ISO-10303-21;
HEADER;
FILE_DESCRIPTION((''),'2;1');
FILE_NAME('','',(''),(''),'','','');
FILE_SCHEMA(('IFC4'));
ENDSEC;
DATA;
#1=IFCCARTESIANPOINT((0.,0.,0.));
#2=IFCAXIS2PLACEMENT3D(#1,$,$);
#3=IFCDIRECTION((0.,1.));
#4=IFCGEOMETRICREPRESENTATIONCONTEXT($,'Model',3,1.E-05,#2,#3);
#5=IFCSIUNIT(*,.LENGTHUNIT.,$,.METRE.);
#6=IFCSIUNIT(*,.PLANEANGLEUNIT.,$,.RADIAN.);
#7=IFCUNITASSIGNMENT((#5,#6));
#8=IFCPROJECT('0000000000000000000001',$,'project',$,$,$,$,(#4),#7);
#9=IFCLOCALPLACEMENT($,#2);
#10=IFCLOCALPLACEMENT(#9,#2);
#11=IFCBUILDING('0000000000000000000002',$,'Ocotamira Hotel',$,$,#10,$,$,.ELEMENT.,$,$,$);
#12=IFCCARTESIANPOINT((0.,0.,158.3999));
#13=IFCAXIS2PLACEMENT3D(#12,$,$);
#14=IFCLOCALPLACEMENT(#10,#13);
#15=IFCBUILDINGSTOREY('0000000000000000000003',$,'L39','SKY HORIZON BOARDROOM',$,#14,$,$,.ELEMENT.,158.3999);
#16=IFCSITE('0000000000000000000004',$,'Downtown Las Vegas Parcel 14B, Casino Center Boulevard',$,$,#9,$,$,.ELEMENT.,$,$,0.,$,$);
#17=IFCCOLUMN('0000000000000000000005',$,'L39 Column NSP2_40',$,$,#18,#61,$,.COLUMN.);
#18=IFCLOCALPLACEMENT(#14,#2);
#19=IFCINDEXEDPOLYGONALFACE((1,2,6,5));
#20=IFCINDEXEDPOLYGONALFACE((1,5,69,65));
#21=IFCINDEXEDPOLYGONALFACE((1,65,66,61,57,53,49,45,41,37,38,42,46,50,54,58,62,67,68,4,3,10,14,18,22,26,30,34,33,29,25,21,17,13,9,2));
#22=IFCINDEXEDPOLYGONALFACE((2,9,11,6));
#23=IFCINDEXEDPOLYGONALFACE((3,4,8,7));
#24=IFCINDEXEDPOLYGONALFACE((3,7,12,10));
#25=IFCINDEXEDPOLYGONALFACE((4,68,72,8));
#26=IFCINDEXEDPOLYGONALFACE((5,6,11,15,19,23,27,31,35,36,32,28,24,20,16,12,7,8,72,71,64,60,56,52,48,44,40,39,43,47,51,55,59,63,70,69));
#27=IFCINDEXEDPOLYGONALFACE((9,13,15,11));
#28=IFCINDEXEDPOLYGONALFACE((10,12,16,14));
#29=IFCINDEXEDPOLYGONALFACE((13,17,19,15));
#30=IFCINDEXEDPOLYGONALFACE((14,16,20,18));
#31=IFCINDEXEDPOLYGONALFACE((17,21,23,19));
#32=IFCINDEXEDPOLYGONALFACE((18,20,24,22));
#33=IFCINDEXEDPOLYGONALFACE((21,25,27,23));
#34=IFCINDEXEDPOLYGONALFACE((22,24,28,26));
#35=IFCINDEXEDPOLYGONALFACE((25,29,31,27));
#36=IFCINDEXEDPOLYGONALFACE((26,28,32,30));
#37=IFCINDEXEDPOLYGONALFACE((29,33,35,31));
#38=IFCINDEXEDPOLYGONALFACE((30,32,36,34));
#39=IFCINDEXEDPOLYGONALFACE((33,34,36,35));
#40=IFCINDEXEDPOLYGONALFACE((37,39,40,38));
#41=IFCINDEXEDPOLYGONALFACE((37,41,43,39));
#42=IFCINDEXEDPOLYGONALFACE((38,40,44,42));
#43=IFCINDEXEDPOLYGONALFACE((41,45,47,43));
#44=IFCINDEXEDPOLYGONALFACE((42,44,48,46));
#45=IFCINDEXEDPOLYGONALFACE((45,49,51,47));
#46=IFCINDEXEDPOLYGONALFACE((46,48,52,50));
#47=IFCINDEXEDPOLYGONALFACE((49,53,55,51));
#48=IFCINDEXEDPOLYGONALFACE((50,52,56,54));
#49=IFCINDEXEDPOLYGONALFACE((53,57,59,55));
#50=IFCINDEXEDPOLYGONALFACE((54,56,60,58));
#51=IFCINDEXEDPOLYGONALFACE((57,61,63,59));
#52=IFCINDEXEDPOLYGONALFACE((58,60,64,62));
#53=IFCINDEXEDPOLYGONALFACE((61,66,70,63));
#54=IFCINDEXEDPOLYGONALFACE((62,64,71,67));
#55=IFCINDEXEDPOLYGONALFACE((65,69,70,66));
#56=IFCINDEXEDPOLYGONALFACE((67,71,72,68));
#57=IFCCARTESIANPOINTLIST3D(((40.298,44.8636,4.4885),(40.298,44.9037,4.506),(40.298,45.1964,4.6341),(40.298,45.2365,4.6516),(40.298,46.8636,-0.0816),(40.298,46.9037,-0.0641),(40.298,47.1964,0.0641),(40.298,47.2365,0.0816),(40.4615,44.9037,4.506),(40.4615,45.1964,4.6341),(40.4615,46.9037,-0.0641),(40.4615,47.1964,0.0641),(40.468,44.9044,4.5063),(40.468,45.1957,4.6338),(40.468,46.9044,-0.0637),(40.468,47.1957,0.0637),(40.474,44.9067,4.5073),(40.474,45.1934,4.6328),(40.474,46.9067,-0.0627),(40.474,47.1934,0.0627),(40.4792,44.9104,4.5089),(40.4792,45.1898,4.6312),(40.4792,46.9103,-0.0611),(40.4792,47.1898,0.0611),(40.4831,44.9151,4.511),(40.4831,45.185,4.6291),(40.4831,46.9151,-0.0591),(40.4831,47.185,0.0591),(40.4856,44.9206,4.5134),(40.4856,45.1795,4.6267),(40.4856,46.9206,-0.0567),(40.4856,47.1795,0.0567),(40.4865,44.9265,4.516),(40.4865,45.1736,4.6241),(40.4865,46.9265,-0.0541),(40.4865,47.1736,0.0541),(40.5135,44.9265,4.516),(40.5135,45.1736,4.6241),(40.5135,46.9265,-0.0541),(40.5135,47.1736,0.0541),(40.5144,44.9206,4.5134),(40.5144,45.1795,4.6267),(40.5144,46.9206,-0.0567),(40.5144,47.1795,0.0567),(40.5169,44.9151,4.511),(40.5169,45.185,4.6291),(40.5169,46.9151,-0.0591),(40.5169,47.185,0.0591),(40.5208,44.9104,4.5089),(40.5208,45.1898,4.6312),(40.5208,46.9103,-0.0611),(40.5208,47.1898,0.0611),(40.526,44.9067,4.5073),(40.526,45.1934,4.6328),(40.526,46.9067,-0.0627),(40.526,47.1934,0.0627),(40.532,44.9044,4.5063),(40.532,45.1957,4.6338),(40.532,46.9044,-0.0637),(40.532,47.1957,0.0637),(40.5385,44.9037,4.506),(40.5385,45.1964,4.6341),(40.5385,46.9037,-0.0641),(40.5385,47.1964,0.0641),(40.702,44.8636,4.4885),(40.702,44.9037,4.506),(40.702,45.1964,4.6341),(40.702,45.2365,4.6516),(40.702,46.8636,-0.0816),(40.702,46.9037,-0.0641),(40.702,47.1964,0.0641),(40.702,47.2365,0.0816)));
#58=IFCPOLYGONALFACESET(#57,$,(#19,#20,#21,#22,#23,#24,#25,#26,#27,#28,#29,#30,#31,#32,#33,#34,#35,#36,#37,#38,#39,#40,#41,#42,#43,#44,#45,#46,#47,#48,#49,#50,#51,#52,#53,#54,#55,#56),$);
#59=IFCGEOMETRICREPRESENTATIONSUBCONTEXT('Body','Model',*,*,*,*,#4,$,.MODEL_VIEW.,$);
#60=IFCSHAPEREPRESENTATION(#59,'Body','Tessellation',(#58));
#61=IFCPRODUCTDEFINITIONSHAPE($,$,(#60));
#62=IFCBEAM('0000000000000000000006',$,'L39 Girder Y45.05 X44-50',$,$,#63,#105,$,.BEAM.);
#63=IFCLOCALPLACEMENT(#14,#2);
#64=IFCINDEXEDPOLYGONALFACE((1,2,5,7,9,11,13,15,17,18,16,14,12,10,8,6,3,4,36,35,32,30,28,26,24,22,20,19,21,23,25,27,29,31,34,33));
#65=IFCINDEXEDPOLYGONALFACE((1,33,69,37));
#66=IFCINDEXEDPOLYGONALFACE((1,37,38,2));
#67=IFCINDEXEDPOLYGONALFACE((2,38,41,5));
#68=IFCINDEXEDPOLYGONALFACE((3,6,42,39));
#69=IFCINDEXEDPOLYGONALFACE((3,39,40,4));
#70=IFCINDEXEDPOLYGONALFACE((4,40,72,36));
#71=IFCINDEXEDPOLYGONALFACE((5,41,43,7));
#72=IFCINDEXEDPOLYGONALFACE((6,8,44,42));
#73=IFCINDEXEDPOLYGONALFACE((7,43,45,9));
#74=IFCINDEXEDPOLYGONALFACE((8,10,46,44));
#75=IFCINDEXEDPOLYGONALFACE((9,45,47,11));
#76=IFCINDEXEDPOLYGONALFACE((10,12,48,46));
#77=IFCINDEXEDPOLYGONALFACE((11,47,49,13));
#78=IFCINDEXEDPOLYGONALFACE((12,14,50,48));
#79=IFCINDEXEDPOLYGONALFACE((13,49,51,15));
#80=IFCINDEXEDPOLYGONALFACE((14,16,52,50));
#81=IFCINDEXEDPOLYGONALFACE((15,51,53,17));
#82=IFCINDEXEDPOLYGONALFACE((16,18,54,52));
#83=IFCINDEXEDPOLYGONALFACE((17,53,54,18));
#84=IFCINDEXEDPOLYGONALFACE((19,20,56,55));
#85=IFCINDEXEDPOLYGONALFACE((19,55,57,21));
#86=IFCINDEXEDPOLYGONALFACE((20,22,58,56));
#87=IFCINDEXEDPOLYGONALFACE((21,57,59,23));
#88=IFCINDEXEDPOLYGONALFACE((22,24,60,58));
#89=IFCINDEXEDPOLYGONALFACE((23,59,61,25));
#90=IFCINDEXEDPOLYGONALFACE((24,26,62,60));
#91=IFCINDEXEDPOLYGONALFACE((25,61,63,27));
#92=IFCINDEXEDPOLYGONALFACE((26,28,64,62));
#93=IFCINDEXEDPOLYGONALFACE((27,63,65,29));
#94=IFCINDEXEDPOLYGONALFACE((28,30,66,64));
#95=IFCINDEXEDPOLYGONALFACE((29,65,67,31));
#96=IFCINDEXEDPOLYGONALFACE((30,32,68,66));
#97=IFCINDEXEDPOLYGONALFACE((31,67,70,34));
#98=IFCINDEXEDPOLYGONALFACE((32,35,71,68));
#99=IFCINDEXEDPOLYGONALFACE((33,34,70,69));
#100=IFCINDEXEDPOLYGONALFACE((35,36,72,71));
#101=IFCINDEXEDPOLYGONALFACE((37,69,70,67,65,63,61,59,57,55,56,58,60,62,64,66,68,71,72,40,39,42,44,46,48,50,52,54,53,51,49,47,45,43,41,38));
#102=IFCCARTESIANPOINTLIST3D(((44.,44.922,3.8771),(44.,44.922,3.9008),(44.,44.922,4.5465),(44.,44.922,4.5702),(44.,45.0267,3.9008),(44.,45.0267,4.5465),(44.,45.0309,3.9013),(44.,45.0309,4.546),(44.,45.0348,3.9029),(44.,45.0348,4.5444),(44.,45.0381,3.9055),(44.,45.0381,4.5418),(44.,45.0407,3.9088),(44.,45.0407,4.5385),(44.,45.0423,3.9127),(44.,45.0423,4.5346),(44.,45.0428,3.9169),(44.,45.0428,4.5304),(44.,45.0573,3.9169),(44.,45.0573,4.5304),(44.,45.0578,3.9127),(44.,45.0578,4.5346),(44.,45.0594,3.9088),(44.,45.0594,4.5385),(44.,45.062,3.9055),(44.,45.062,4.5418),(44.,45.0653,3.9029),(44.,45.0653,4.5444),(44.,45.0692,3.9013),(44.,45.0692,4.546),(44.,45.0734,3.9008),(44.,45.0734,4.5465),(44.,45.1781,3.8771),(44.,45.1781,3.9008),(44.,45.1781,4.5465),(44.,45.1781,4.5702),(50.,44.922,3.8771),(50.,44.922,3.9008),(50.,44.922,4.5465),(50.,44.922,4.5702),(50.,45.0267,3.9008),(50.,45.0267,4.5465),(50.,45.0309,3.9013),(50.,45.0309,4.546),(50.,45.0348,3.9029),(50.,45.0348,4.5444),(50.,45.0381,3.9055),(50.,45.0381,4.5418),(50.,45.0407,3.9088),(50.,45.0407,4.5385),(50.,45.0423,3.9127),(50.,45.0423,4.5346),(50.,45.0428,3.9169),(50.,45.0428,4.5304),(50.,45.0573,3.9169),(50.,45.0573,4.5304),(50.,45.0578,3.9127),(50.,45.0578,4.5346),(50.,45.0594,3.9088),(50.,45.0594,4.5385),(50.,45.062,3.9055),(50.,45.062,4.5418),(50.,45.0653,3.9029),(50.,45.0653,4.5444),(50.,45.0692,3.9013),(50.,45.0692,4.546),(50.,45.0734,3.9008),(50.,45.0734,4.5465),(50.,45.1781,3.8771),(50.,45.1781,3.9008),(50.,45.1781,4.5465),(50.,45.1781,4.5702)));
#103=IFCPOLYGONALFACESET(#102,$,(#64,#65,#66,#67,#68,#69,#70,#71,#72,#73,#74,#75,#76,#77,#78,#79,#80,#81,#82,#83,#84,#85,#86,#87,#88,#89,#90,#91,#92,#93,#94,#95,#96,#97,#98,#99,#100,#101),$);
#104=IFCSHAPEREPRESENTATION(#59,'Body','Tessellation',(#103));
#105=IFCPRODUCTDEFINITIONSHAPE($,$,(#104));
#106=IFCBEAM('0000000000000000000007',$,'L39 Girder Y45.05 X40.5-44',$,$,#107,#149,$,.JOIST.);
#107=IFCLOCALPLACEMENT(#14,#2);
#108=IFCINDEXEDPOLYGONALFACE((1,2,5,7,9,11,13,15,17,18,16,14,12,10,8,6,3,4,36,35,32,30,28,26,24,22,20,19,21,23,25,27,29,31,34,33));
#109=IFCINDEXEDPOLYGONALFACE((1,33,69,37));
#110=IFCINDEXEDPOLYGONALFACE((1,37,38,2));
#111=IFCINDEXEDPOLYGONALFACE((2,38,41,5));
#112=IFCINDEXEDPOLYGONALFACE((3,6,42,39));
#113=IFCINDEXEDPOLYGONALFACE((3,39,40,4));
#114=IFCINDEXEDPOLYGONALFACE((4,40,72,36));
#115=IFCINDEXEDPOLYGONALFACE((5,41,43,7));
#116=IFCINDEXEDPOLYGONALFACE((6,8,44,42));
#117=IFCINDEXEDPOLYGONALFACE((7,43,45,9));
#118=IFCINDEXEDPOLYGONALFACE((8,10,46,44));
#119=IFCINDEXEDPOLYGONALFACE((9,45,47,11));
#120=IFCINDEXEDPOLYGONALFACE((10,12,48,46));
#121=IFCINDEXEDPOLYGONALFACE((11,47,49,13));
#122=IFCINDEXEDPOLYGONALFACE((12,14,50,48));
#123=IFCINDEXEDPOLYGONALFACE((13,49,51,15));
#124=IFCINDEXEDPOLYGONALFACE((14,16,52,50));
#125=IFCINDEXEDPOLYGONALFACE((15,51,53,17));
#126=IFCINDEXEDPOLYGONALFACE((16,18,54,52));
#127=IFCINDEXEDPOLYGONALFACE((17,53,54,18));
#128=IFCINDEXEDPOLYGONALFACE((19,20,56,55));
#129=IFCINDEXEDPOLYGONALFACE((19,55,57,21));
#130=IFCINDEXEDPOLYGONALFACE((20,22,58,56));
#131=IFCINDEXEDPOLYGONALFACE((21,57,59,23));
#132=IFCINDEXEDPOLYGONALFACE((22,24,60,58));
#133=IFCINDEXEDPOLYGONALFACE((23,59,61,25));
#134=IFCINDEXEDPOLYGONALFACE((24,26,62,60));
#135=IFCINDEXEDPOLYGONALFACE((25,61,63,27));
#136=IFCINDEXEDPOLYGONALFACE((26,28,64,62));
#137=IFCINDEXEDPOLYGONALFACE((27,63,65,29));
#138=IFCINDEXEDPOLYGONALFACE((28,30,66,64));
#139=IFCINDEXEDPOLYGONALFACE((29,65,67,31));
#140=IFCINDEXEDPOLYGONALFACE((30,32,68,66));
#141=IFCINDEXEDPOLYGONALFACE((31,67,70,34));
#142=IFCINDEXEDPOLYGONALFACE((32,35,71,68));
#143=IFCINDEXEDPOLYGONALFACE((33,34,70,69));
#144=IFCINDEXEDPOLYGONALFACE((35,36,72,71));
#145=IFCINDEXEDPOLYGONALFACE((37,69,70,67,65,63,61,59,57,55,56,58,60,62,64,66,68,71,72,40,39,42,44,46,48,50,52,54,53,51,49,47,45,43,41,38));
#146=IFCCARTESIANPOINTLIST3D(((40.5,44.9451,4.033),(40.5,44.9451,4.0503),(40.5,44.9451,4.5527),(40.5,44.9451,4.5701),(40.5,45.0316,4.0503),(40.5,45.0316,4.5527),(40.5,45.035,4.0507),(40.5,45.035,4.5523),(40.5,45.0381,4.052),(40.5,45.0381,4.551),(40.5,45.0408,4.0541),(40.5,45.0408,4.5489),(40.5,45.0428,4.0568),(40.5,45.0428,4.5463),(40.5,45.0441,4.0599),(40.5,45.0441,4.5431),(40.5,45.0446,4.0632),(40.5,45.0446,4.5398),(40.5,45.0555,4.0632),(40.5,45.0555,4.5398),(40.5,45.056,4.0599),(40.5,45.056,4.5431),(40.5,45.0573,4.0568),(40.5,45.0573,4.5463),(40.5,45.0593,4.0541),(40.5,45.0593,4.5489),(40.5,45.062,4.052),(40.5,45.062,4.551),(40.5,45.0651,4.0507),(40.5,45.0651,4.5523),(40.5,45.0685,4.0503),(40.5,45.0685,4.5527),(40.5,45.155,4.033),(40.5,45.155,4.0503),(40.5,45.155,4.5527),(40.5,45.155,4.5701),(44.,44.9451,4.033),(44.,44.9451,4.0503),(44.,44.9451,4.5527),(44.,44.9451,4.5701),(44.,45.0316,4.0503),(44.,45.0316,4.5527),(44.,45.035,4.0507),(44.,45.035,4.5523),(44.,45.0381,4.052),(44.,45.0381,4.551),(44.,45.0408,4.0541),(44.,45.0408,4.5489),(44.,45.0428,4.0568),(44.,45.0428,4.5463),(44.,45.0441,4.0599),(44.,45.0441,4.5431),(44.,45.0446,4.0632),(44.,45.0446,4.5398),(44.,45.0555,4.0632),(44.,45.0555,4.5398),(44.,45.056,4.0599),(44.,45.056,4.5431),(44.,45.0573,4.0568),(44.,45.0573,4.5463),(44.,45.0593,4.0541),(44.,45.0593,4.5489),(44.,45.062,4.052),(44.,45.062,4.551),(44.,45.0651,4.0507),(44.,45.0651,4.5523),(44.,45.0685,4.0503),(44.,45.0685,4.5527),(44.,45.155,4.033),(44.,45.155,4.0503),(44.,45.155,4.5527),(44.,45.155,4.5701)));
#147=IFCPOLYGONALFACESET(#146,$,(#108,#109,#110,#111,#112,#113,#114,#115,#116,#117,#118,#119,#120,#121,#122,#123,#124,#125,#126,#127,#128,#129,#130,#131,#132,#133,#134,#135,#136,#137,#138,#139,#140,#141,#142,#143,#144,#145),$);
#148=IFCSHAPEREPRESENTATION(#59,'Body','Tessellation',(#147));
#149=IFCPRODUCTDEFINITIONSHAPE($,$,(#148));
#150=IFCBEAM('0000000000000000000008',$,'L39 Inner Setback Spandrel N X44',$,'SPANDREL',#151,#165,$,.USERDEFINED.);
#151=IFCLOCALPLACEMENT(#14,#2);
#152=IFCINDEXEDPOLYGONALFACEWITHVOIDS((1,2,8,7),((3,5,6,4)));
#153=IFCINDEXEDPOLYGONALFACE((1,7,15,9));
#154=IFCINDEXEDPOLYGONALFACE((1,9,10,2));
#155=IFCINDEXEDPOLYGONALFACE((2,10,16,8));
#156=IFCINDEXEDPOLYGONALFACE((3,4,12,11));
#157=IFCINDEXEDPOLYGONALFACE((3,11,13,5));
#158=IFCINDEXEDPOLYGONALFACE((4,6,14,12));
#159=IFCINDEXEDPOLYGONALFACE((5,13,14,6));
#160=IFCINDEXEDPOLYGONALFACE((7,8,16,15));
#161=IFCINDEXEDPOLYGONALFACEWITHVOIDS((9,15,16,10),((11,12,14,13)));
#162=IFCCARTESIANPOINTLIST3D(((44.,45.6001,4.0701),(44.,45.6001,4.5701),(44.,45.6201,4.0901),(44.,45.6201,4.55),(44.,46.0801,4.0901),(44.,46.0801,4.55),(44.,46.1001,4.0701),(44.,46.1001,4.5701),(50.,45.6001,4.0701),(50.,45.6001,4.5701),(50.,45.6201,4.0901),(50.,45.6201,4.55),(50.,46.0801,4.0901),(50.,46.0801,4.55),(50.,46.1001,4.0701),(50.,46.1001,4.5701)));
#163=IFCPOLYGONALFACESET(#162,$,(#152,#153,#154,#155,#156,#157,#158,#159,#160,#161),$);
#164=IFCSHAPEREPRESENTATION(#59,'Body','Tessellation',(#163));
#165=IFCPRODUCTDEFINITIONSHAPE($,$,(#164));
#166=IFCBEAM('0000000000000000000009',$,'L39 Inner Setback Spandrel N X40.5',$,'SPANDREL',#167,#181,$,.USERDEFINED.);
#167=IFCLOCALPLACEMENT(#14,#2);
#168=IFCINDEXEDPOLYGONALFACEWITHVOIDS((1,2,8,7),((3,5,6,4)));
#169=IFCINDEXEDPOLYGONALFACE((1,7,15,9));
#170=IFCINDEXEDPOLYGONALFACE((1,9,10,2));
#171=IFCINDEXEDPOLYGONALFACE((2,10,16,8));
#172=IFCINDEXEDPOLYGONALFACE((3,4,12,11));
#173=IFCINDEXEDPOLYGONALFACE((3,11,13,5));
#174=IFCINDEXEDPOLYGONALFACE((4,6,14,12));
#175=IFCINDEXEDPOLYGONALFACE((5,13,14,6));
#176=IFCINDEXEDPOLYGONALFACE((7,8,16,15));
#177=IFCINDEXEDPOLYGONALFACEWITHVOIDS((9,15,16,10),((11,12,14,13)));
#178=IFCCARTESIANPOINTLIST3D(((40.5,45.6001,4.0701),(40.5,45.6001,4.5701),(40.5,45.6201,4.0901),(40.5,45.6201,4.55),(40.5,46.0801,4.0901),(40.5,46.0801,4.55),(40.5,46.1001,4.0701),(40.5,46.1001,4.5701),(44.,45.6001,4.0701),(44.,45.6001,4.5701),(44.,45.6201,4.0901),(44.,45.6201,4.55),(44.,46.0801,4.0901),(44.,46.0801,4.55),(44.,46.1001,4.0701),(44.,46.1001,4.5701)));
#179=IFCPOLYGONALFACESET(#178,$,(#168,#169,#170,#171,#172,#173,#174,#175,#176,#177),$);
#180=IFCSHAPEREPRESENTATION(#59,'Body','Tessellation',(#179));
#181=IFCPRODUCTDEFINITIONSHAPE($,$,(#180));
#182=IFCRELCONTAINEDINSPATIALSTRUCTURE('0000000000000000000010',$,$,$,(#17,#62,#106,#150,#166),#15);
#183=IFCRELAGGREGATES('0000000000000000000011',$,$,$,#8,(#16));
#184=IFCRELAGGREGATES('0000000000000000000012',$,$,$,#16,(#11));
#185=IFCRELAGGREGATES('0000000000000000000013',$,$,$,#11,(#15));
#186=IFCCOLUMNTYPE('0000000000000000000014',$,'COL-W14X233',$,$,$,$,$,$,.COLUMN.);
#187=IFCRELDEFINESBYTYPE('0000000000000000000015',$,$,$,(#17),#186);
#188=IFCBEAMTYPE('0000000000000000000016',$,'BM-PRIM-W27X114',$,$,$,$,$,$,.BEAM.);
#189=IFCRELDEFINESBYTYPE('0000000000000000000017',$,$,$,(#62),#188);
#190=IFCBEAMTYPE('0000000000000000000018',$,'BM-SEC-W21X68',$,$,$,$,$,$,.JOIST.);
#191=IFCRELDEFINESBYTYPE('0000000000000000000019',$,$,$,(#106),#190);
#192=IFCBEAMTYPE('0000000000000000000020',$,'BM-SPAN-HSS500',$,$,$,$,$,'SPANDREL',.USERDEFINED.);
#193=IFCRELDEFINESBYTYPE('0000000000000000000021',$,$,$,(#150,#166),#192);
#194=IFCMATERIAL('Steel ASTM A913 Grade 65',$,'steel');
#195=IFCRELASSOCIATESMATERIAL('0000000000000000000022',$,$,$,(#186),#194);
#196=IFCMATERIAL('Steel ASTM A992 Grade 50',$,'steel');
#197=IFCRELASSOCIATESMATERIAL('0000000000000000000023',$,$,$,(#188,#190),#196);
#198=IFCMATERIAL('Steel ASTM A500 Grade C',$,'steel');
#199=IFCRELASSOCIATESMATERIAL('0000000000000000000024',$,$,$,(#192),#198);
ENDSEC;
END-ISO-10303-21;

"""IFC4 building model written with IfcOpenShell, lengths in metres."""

from ifc_helpers import new_model, si_unit, direction, frame, origin, origin_2d, place, context, subcontext, project, spatial, hollow_rectangle, i_section, extrude, source, transform, mapped, material, material_profile, profile_set, type_object, element, save


model = new_model("IFC4")

# Units and contexts
model_context = context("Model", 3, precision=1e-05, world=origin(), true_north=direction((0.0, 1.0)))
body_context = subcontext(model_context, "Body", "Model", "MODEL_VIEW")
ifc_project = project(units=[si_unit("LENGTHUNIT", "METRE"), si_unit("PLANEANGLEUNIT", "RADIAN")], contexts=[model_context])

# Site, building, storey
site_placement = place(None, origin())
site = spatial("IfcSite", under=ifc_project, at=site_placement, Name="Downtown Las Vegas Parcel 14B, Casino Center Boulevard", CompositionType="ELEMENT", RefElevation=0.0)
building_placement = place(site_placement, origin())
building = spatial("IfcBuilding", under=site, at=building_placement, Name="Ocotamira Hotel", CompositionType="ELEMENT")
storey_placement = place(building_placement, frame((0.0, 0.0, 158.3999)))
storey = spatial("IfcBuildingStorey", under=building, at=storey_placement, Name="L39", Description="SKY HORIZON BOARDROOM", CompositionType="ELEMENT", Elevation=158.3999)

# Column
ifc_material_1 = material(Name="Steel ASTM A913 Grade 65", Category="steel")
ifc_material_profile_1 = material_profile(ifc_material_1, i_section(OverallWidth=0.4041, OverallDepth=0.407, WebThickness=0.0271, FlangeThickness=0.0437, FilletRadius=0.0249, at=origin_2d()), Name="W14X233")
ifc_profile_set_1 = profile_set([ifc_material_profile_1], Name="Steel ASTM A913 Grade 65")
column_type = type_object("IfcColumnType", Name="COL-W14X233", PredefinedType="COLUMN", material=ifc_profile_set_1)
shared_shape_1 = source(origin(), body_context, "Body", "SweptSolid", [
    extrude(i_section(OverallWidth=0.4041, OverallDepth=0.407, WebThickness=0.0271, FlangeThickness=0.0437, FilletRadius=0.0249, at=origin_2d()), origin(), (0.0, 0.0, 1.0), 4.9885),
])
column_placement = place(storey_placement, frame((40.5, 47.05, 0.0), z_axis=(0.0, -0.400919, 0.916114), x_axis=(1.0, 0.0, 0.0)))
element("IfcColumn", 1, at=column_placement, inside=storey, type_object=column_type, Name="L39 Column NSP2_40", PredefinedType="COLUMN", context=body_context, shape_type="MappedRepresentation", body=[
    mapped(shared_shape_1, transform((0.0, 0.0, 0.0), scale=1.0)),
])

# Beams
ifc_material_2 = material(Name="Steel ASTM A992 Grade 50", Category="steel")
ifc_material_profile_2 = material_profile(ifc_material_2, i_section(OverallWidth=0.2561, OverallDepth=0.6931, WebThickness=0.0144, FlangeThickness=0.0237, FilletRadius=0.0161, at=origin_2d()), Name="W27X114")
ifc_profile_set_2 = profile_set([ifc_material_profile_2], Name="Steel ASTM A992 Grade 50")
beam_type_1 = type_object("IfcBeamType", Name="BM-PRIM-W27X114", PredefinedType="BEAM", material=ifc_profile_set_2)
shared_shape_2 = source(origin(), body_context, "Body", "SweptSolid", [
    extrude(i_section(OverallWidth=0.2561, OverallDepth=0.6931, WebThickness=0.0144, FlangeThickness=0.0237, FilletRadius=0.0161, at=origin_2d()), origin(), (0.0, 0.0, 1.0), 6.0),
])
beam_1_placement = place(storey_placement, frame((44.0, 45.05, 4.2236), z_axis=(1.0, 0.0, 0.0), x_axis=(0.0, 1.0, 0.0)))
element("IfcBeam", 2, at=beam_1_placement, inside=storey, type_object=beam_type_1, Name="L39 Girder Y45.05 X44-50", PredefinedType="BEAM", context=body_context, shape_type="MappedRepresentation", body=[
    mapped(shared_shape_2, transform((0.0, 0.0, 0.0), scale=1.0)),
])
ifc_material_profile_3 = material_profile(ifc_material_2, i_section(OverallWidth=0.21, OverallDepth=0.5371, WebThickness=0.011, FlangeThickness=0.0173, FilletRadius=0.0129, at=origin_2d()), Name="W21X68")
ifc_profile_set_3 = profile_set([ifc_material_profile_3], Name="Steel ASTM A992 Grade 50")
beam_type_2 = type_object("IfcBeamType", Name="BM-SEC-W21X68", PredefinedType="JOIST", material=ifc_profile_set_3)
shared_shape_3 = source(origin(), body_context, "Body", "SweptSolid", [
    extrude(i_section(OverallWidth=0.21, OverallDepth=0.5371, WebThickness=0.011, FlangeThickness=0.0173, FilletRadius=0.0129, at=origin_2d()), origin(), (0.0, 0.0, 1.0), 3.5),
])
beam_2_placement = place(storey_placement, frame((40.5, 45.05, 4.3015), z_axis=(1.0, 0.0, 0.0), x_axis=(0.0, 1.0, 0.0)))
element("IfcBeam", 3, at=beam_2_placement, inside=storey, type_object=beam_type_2, Name="L39 Girder Y45.05 X40.5-44", PredefinedType="JOIST", context=body_context, shape_type="MappedRepresentation", body=[
    mapped(shared_shape_3, transform((0.0, 0.0, 0.0), scale=1.0)),
])
ifc_material_3 = material(Name="Steel ASTM A500 Grade C", Category="steel")
ifc_material_profile_4 = material_profile(ifc_material_3, hollow_rectangle(XDim=0.5, YDim=0.5, WallThickness=0.02, at=origin_2d()), Name="HSS500X500X20")
ifc_profile_set_4 = profile_set([ifc_material_profile_4], Name="Steel ASTM A500 Grade C")
beam_type_3 = type_object("IfcBeamType", Name="BM-SPAN-HSS500", ElementType="SPANDREL", PredefinedType="USERDEFINED", material=ifc_profile_set_4)
shared_shape_4 = source(origin(), body_context, "Body", "SweptSolid", [
    extrude(hollow_rectangle(XDim=0.5, YDim=0.5, WallThickness=0.02, at=origin_2d()), origin(), (0.0, 0.0, 1.0), 6.0),
])
beam_3_placement = place(storey_placement, frame((44.0, 45.8501, 4.3201), z_axis=(1.0, 0.0, 0.0), x_axis=(0.0, 1.0, 0.0)))
element("IfcBeam", 4, at=beam_3_placement, inside=storey, type_object=beam_type_3, Name="L39 Inner Setback Spandrel N X44", ObjectType="SPANDREL", PredefinedType="USERDEFINED", context=body_context, shape_type="MappedRepresentation", body=[
    mapped(shared_shape_4, transform((0.0, 0.0, 0.0), scale=1.0)),
])
shared_shape_5 = source(origin(), body_context, "Body", "SweptSolid", [
    extrude(hollow_rectangle(XDim=0.5, YDim=0.5, WallThickness=0.02, at=origin_2d()), origin(), (0.0, 0.0, 1.0), 3.5),
])
beam_4_placement = place(storey_placement, frame((40.5, 45.8501, 4.3201), z_axis=(1.0, 0.0, 0.0), x_axis=(0.0, 1.0, 0.0)))
element("IfcBeam", 5, at=beam_4_placement, inside=storey, type_object=beam_type_3, Name="L39 Inner Setback Spandrel N X40.5", ObjectType="SPANDREL", PredefinedType="USERDEFINED", context=body_context, shape_type="MappedRepresentation", body=[
    mapped(shared_shape_5, transform((0.0, 0.0, 0.0), scale=1.0)),
])

save(model, "model.ifc")
